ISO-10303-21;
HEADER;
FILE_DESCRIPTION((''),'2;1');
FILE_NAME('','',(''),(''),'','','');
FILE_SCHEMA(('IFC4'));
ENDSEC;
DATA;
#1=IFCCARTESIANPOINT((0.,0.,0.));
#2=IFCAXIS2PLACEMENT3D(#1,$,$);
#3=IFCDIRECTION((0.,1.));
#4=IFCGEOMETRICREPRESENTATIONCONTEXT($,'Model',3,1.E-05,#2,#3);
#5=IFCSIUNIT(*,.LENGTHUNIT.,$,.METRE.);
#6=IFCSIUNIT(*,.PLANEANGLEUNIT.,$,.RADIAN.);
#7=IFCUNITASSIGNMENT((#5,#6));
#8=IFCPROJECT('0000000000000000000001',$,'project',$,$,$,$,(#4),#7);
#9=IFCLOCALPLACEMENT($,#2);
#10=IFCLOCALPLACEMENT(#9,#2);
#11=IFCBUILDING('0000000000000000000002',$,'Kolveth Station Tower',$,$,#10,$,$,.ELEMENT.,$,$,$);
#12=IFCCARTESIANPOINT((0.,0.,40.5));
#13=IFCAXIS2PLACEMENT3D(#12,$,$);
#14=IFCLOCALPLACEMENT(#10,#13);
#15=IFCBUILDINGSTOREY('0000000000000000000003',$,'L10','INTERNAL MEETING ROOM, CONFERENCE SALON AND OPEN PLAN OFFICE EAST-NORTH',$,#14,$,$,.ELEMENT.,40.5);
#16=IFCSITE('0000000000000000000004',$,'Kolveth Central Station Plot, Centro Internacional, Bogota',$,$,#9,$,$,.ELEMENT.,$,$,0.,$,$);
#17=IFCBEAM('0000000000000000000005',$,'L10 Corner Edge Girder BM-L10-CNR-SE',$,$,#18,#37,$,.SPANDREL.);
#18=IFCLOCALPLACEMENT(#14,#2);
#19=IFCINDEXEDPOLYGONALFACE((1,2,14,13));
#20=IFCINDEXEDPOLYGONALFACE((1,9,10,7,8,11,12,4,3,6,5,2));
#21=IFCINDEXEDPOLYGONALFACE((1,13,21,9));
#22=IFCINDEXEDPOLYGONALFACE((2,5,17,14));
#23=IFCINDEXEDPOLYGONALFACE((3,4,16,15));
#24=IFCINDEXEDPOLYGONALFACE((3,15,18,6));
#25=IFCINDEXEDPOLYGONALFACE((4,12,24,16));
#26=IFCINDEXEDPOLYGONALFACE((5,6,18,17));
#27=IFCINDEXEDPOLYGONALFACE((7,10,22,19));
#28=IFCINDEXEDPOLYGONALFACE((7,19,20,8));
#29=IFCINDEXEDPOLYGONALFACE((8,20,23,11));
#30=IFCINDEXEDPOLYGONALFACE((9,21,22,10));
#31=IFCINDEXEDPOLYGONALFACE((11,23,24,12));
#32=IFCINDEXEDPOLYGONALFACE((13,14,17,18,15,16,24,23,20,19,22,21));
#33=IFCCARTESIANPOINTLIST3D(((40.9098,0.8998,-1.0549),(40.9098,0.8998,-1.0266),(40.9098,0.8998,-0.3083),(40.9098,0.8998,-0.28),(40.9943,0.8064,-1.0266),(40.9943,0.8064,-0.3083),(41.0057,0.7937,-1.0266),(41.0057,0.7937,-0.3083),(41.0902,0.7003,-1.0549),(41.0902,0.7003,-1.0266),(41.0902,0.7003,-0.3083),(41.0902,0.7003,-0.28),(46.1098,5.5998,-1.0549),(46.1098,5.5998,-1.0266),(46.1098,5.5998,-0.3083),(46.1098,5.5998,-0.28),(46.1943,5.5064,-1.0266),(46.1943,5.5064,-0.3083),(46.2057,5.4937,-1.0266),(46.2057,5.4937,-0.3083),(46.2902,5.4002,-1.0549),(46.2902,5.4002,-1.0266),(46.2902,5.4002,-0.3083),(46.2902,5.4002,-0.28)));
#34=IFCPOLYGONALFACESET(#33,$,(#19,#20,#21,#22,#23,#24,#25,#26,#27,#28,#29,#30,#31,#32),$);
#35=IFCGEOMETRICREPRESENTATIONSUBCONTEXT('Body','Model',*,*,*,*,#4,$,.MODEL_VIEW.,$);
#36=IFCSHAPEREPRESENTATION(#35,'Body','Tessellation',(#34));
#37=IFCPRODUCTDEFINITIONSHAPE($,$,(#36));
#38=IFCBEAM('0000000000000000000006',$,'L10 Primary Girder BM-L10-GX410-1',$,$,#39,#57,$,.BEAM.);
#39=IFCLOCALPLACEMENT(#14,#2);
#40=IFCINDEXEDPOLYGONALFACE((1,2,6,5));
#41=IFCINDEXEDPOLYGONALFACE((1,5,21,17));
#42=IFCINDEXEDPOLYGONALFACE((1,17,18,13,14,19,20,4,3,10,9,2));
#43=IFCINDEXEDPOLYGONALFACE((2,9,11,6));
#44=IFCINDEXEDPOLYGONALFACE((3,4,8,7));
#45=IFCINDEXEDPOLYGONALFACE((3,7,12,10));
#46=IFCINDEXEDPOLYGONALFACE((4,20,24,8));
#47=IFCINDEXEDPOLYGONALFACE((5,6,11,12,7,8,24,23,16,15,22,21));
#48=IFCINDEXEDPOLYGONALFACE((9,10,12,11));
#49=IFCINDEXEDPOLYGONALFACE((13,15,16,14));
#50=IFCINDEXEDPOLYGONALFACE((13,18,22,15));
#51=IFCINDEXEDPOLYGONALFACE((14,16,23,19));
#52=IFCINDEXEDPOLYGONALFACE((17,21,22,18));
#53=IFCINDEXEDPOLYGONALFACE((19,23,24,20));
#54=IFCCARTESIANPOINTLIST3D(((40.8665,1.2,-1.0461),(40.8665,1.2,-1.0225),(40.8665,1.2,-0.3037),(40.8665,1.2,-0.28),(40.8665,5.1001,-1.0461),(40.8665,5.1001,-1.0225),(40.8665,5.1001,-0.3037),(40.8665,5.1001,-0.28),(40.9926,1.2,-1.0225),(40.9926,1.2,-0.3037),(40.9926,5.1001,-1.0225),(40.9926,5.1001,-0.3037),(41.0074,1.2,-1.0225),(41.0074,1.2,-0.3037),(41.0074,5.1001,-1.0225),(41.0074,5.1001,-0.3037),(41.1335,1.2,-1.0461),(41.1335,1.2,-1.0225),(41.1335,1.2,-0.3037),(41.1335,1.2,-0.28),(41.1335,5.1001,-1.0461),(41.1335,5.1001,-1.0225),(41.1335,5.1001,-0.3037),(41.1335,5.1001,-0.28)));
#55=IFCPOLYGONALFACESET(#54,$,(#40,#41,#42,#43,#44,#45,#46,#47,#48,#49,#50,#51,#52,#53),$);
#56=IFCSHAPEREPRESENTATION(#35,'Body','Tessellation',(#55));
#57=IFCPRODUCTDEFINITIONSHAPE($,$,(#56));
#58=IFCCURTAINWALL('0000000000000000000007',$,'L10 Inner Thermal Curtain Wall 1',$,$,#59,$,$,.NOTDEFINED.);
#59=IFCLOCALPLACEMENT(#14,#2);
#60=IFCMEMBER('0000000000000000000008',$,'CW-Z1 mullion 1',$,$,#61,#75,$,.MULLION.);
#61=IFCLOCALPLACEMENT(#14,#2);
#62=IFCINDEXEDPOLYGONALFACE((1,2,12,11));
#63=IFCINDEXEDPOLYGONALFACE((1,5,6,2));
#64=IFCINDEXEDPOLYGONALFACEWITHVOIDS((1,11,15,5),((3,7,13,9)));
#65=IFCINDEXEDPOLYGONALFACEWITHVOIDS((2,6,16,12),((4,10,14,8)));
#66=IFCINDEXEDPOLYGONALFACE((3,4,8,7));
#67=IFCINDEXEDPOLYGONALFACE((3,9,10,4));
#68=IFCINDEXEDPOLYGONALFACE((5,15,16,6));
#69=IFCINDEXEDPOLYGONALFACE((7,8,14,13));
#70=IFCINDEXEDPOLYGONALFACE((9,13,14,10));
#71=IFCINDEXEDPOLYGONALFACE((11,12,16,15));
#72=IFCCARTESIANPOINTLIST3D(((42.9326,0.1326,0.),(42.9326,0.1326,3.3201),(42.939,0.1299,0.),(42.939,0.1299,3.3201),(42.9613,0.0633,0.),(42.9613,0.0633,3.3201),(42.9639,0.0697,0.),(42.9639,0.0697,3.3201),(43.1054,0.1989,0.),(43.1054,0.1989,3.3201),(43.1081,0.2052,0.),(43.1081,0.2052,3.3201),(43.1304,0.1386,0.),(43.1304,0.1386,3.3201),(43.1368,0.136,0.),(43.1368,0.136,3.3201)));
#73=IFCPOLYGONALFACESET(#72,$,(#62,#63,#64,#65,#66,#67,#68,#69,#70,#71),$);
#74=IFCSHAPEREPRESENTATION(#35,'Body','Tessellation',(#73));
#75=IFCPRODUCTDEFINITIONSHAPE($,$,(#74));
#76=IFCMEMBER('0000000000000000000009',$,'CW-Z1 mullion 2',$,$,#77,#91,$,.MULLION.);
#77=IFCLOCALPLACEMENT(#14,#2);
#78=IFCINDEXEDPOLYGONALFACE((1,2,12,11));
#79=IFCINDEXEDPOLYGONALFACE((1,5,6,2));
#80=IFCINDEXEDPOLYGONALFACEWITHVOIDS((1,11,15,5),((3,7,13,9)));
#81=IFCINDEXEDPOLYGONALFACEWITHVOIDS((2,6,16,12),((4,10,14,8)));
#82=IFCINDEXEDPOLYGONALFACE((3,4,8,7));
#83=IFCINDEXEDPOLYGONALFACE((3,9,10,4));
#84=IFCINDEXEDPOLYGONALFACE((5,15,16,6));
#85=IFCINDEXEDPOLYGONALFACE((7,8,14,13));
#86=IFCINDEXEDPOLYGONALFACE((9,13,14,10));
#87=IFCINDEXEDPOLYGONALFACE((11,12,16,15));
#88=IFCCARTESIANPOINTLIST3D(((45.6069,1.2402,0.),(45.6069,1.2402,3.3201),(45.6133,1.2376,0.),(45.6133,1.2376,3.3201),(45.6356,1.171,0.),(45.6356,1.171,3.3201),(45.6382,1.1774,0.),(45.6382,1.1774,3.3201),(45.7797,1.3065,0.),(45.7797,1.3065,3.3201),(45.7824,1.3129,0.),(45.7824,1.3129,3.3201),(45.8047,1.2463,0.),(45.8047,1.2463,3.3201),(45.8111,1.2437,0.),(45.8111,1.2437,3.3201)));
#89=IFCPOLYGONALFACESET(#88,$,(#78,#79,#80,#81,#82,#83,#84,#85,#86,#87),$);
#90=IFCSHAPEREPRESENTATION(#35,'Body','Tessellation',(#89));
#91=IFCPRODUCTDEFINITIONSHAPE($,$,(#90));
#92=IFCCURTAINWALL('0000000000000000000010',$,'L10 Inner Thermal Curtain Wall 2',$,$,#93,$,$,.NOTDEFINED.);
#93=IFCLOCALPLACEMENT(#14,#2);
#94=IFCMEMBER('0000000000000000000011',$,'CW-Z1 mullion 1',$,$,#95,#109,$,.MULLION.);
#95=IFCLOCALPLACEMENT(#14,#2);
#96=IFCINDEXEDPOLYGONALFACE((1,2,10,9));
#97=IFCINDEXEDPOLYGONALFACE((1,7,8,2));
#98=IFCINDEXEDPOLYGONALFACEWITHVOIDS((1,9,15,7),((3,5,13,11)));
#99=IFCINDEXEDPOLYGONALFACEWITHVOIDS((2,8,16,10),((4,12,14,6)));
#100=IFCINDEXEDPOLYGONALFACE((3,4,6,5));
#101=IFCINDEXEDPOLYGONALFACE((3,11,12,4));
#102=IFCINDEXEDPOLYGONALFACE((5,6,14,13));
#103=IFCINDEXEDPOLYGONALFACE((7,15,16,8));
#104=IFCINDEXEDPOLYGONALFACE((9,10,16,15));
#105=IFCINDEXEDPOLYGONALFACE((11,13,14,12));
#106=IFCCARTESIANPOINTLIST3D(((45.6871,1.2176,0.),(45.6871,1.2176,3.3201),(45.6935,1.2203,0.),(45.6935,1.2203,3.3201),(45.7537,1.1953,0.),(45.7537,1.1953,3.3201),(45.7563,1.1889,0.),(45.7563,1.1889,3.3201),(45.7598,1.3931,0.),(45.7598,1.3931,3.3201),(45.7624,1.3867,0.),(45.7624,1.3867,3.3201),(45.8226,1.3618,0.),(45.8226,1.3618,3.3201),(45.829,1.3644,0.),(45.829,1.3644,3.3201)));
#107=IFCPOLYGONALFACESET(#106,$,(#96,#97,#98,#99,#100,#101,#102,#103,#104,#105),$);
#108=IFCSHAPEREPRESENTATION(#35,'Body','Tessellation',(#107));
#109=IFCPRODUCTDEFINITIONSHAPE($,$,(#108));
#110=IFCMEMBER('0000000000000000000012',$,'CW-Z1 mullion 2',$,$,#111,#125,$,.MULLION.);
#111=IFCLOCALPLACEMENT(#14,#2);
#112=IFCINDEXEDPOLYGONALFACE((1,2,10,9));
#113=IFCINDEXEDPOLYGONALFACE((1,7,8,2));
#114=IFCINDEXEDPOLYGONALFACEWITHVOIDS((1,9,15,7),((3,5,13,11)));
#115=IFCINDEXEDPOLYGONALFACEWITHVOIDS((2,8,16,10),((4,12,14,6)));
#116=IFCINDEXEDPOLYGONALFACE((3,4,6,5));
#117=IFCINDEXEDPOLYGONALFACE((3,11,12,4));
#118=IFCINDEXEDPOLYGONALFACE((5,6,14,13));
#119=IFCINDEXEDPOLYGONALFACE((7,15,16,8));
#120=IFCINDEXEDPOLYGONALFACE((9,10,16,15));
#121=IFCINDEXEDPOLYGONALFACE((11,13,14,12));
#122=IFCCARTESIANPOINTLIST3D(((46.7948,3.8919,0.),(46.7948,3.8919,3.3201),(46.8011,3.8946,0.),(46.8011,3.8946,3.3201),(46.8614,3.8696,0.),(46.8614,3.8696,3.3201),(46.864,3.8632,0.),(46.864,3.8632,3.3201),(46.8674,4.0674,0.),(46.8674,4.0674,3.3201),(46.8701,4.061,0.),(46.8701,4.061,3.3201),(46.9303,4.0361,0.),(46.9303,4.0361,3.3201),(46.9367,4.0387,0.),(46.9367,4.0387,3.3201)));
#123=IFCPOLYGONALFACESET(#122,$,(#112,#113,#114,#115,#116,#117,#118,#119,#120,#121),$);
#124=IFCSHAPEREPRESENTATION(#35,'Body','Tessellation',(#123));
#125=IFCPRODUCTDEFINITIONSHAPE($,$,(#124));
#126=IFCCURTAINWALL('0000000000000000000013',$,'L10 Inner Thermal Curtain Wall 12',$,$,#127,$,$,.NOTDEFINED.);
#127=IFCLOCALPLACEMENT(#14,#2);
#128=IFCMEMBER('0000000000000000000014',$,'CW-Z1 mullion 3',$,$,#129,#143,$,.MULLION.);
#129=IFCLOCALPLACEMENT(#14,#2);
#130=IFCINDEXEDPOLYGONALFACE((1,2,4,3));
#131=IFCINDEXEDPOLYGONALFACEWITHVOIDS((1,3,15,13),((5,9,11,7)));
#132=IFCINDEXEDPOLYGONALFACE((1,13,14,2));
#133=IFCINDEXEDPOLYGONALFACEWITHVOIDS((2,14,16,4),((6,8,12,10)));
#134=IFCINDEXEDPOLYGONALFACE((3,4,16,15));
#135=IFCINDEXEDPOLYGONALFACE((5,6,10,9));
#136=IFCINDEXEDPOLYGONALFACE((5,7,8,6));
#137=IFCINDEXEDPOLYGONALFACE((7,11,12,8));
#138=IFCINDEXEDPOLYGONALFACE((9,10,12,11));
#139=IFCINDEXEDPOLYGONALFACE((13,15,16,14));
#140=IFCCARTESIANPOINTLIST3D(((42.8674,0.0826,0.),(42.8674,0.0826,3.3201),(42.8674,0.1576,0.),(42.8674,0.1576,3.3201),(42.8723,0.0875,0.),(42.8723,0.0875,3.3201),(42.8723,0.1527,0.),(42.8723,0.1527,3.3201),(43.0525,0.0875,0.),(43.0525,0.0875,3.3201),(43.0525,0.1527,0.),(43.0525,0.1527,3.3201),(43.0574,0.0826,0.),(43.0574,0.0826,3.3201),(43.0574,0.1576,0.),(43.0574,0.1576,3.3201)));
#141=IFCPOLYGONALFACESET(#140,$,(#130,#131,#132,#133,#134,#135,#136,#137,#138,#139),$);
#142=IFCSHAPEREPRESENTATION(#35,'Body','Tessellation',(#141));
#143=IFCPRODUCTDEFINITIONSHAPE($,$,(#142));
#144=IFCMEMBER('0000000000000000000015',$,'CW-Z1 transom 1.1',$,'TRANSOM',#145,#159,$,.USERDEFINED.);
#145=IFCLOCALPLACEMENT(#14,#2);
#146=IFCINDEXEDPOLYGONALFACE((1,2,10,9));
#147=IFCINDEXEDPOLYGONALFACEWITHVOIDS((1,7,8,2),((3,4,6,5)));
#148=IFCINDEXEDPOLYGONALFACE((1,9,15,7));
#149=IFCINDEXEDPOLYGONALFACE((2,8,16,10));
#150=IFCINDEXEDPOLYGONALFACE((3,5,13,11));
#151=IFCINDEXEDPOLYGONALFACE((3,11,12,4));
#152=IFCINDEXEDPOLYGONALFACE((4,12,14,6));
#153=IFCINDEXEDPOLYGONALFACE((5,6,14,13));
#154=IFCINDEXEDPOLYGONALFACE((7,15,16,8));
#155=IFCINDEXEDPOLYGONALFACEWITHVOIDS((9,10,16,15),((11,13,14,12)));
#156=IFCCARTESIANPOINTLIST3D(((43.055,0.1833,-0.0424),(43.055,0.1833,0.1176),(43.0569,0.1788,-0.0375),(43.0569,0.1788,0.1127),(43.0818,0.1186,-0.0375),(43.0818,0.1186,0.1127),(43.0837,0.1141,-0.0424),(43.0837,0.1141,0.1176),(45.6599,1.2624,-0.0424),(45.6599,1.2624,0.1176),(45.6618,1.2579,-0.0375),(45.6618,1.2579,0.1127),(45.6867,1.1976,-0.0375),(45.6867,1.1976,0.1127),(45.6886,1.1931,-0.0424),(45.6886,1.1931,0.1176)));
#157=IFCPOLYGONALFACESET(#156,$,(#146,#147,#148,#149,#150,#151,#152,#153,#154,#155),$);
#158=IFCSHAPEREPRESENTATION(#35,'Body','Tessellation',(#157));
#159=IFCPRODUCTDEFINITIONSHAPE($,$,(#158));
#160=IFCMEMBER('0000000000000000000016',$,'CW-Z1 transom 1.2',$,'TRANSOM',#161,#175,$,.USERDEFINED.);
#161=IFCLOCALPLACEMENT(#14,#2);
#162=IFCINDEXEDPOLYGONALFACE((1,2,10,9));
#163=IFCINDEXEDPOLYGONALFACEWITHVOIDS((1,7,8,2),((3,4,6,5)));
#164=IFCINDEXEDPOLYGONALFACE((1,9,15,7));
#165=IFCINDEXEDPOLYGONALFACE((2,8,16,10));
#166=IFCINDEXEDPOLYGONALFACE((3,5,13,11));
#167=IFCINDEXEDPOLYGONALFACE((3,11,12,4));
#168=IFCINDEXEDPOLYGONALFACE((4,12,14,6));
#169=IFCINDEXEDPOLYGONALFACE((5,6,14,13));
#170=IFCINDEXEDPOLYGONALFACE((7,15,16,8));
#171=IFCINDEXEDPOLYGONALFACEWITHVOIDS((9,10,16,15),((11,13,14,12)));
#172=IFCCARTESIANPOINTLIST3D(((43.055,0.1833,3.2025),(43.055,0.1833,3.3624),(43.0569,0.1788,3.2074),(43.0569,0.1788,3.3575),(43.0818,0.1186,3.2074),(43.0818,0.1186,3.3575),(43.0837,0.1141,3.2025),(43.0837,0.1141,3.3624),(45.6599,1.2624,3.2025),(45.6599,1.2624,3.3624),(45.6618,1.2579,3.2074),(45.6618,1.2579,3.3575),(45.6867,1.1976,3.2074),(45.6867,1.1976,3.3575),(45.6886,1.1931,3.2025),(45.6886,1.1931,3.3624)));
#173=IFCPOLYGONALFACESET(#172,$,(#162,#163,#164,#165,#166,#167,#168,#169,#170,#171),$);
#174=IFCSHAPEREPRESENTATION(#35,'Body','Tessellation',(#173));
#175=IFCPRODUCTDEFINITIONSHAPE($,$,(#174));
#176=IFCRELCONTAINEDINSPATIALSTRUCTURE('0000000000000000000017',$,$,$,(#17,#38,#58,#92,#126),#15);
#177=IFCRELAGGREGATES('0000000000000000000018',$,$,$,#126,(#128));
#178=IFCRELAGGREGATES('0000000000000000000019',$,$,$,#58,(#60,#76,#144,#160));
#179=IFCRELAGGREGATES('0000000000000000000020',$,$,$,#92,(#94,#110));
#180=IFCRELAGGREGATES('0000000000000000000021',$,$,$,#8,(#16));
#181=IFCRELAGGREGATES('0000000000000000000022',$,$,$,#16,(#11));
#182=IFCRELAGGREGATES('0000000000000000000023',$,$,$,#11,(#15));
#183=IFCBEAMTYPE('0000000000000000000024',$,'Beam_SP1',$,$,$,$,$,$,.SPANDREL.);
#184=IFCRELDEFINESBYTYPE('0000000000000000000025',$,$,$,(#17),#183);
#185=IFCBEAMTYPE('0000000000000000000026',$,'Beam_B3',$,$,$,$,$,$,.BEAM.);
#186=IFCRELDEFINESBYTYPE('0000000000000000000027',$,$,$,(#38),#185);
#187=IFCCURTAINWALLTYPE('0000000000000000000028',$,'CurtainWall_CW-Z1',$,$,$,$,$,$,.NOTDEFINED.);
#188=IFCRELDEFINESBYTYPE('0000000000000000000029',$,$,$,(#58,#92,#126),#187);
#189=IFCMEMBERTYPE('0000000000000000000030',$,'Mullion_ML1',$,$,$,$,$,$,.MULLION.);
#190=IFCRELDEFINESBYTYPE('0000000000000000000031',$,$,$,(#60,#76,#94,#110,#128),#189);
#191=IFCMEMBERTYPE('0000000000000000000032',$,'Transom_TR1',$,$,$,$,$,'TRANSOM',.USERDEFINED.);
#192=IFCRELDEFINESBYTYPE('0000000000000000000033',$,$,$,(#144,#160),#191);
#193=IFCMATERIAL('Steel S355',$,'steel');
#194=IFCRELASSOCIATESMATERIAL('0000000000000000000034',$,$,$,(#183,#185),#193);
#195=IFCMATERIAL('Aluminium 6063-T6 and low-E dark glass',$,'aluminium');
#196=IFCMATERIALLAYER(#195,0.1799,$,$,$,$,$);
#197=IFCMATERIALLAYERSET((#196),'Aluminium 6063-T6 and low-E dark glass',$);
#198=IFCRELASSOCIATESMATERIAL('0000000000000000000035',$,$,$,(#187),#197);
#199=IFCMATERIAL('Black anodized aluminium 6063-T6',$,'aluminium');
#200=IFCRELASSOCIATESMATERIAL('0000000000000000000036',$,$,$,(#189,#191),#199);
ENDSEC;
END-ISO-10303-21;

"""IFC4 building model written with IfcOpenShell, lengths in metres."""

from ifc_helpers import new_model, si_unit, direction, frame, origin, origin_2d, place, context, subcontext, project, spatial, hollow_rectangle, i_section, extrude, source, transform, mapped, material, layer, layer_set, material_profile, profile_set, type_object, element, aggregate, save


model = new_model("IFC4")

# Units and contexts
model_context = context("Model", 3, precision=1e-05, world=origin(), true_north=direction((0.0, 1.0)))
body_context = subcontext(model_context, "Body", "Model", "MODEL_VIEW")
ifc_project = project(units=[si_unit("LENGTHUNIT", "METRE"), si_unit("PLANEANGLEUNIT", "RADIAN")], contexts=[model_context])

# Site, building, storey
site_placement = place(None, origin())
site = spatial("IfcSite", under=ifc_project, at=site_placement, Name="Kolveth Central Station Plot, Centro Internacional, Bogota", CompositionType="ELEMENT", RefElevation=0.0)
building_placement = place(site_placement, origin())
building = spatial("IfcBuilding", under=site, at=building_placement, Name="Kolveth Station Tower", CompositionType="ELEMENT")
storey_placement = place(building_placement, frame((0.0, 0.0, 40.5)))
storey = spatial("IfcBuildingStorey", under=building, at=storey_placement, Name="L10", Description="INTERNAL MEETING ROOM, CONFERENCE SALON AND OPEN PLAN OFFICE EAST-NORTH", CompositionType="ELEMENT", Elevation=40.5)

# Beams
ifc_material_1 = material(Name="Steel S355", Category="steel")
ifc_material_profile_1 = material_profile(ifc_material_1, i_section(OverallWidth=0.269, OverallDepth=0.7749, WebThickness=0.0171, FlangeThickness=0.0283, at=origin_2d()), Name="W760x220")
ifc_profile_set_1 = profile_set([ifc_material_profile_1], Name="Steel S355")
beam_type_1 = type_object("IfcBeamType", Name="Beam_SP1", PredefinedType="SPANDREL", material=ifc_profile_set_1)
shared_shape_1 = source(origin(), body_context, "Body", "SweptSolid", [
    extrude(i_section(OverallWidth=0.269, OverallDepth=0.7749, WebThickness=0.0171, FlangeThickness=0.0283, at=origin_2d()), origin(), (0.0, 0.0, 1.0), 7.0093),
])
beam_1_placement = place(storey_placement, frame((41.0, 0.8, -0.6675), z_axis=(0.741874, 0.670539, 0.0), x_axis=(-0.670539, 0.741874, 0.0)))
element("IfcBeam", 1, at=beam_1_placement, inside=storey, type_object=beam_type_1, Name="L10 Corner Edge Girder BM-L10-CNR-SE", PredefinedType="SPANDREL", context=body_context, shape_type="MappedRepresentation", body=[
    mapped(shared_shape_1, transform((0.0, 0.0, 0.0), x_axis=(1.0, 0.0, 0.0), y_axis=(0.0, 1.0, 0.0), z_axis=(0.0, 0.0, 1.0), scale=1.0)),
])
ifc_material_profile_2 = material_profile(ifc_material_1, i_section(OverallWidth=0.2671, OverallDepth=0.7661, WebThickness=0.0149, FlangeThickness=0.0237, at=origin_2d()), Name="W760x185")
ifc_profile_set_2 = profile_set([ifc_material_profile_2], Name="Steel S355")
beam_type_2 = type_object("IfcBeamType", Name="Beam_B3", PredefinedType="BEAM", material=ifc_profile_set_2)
shared_shape_2 = source(origin(), body_context, "Body", "SweptSolid", [
    extrude(i_section(OverallWidth=0.2671, OverallDepth=0.7661, WebThickness=0.0149, FlangeThickness=0.0237, at=origin_2d()), origin(), (0.0, 0.0, 1.0), 3.9001),
])
beam_2_placement = place(storey_placement, frame((41.0, 1.2, -0.6631), z_axis=(0.0, 1.0, 0.0), x_axis=(-1.0, 0.0, 0.0)))
element("IfcBeam", 2, at=beam_2_placement, inside=storey, type_object=beam_type_2, Name="L10 Primary Girder BM-L10-GX410-1", PredefinedType="BEAM", context=body_context, shape_type="MappedRepresentation", body=[
    mapped(shared_shape_2, transform((0.0, 0.0, 0.0), x_axis=(1.0, 0.0, 0.0), y_axis=(0.0, 1.0, 0.0), z_axis=(0.0, 0.0, 1.0), scale=1.0)),
])

# Curtain walls, members
ifc_material_2 = material(Name="Aluminium 6063-T6 and low-E dark glass", Category="aluminium")
ifc_layer_1 = layer(ifc_material_2, 0.1799)
ifc_layer_set_1 = layer_set([ifc_layer_1], Name="Aluminium 6063-T6 and low-E dark glass")
curtain_wall_type_1 = type_object("IfcCurtainWallType", Name="CurtainWall_CW-Z1", PredefinedType="NOTDEFINED", material=ifc_layer_set_1)
curtain_wall_1_placement = place(storey_placement, origin())
curtain_wall_1 = element("IfcCurtainWall", 3, at=curtain_wall_1_placement, inside=storey, type_object=curtain_wall_type_1, Name="L10 Inner Thermal Curtain Wall 1", PredefinedType="NOTDEFINED")
ifc_material_3 = material(Name="Black anodized aluminium 6063-T6", Category="aluminium")
ifc_material_profile_3 = material_profile(ifc_material_3, hollow_rectangle(XDim=0.075, YDim=0.1899, WallThickness=0.0049, at=origin_2d()), Name="ALU-75x190x5")
ifc_profile_set_3 = profile_set([ifc_material_profile_3], Name="Black anodized aluminium 6063-T6")
member_type_1 = type_object("IfcMemberType", Name="Mullion_ML1", PredefinedType="MULLION", material=ifc_profile_set_3)
shared_shape_3 = source(origin(), body_context, "Body", "SweptSolid", [
    extrude(hollow_rectangle(XDim=0.075, YDim=0.1899, WallThickness=0.0049, at=origin_2d()), origin(), (0.0, 0.0, 1.0), 3.3201),
])
member_1_placement = place(storey_placement, frame((43.0347, 0.1343, 0.0), z_axis=(0.0, 0.0, 1.0), x_axis=(-0.382673, 0.923884, 0.0)))
member_1 = element("IfcMember", 4, at=member_1_placement, type_object=member_type_1, Name="CW-Z1 mullion 1", PredefinedType="MULLION", context=body_context, shape_type="MappedRepresentation", body=[
    mapped(shared_shape_3, transform((0.0, 0.0, 0.0), x_axis=(1.0, 0.0, 0.0), y_axis=(0.0, 1.0, 0.0), z_axis=(0.0, 0.0, 1.0), scale=1.0)),
])
member_2_placement = place(storey_placement, frame((45.709, 1.2419, 0.0), z_axis=(0.0, 0.0, 1.0), x_axis=(-0.382673, 0.923884, 0.0)))
member_2 = element("IfcMember", 5, at=member_2_placement, type_object=member_type_1, Name="CW-Z1 mullion 2", PredefinedType="MULLION", context=body_context, shape_type="MappedRepresentation", body=[
    mapped(shared_shape_3, transform((0.0, 0.0, 0.0), x_axis=(1.0, 0.0, 0.0), y_axis=(0.0, 1.0, 0.0), z_axis=(0.0, 0.0, 1.0), scale=1.0)),
])
curtain_wall_2_placement = place(storey_placement, origin())
curtain_wall_2 = element("IfcCurtainWall", 6, at=curtain_wall_2_placement, inside=storey, type_object=curtain_wall_type_1, Name="L10 Inner Thermal Curtain Wall 2", PredefinedType="NOTDEFINED")
member_3_placement = place(storey_placement, frame((45.7581, 1.291, 0.0), z_axis=(0.0, 0.0, 1.0), x_axis=(-0.923884, 0.382673, 0.0)))
member_3 = element("IfcMember", 7, at=member_3_placement, type_object=member_type_1, Name="CW-Z1 mullion 1", PredefinedType="MULLION", context=body_context, shape_type="MappedRepresentation", body=[
    mapped(shared_shape_3, transform((0.0, 0.0, 0.0), x_axis=(1.0, 0.0, 0.0), y_axis=(0.0, 1.0, 0.0), z_axis=(0.0, 0.0, 1.0), scale=1.0)),
])
member_4_placement = place(storey_placement, frame((46.8657, 3.9653, 0.0), z_axis=(0.0, 0.0, 1.0), x_axis=(-0.923884, 0.382673, 0.0)))
member_4 = element("IfcMember", 8, at=member_4_placement, type_object=member_type_1, Name="CW-Z1 mullion 2", PredefinedType="MULLION", context=body_context, shape_type="MappedRepresentation", body=[
    mapped(shared_shape_3, transform((0.0, 0.0, 0.0), x_axis=(1.0, 0.0, 0.0), y_axis=(0.0, 1.0, 0.0), z_axis=(0.0, 0.0, 1.0), scale=1.0)),
])

# Curtain wall, member
curtain_wall_3_placement = place(storey_placement, origin())
curtain_wall_3 = element("IfcCurtainWall", 9, at=curtain_wall_3_placement, inside=storey, type_object=curtain_wall_type_1, Name="L10 Inner Thermal Curtain Wall 12", PredefinedType="NOTDEFINED")
member_5_placement = place(storey_placement, frame((42.9624, 0.1201, 0.0), z_axis=(0.0, 0.0, 1.0), x_axis=(0.0, 1.0, 0.0)))
member_5 = element("IfcMember", 10, at=member_5_placement, type_object=member_type_1, Name="CW-Z1 mullion 3", PredefinedType="MULLION", context=body_context, shape_type="MappedRepresentation", body=[
    mapped(shared_shape_3, transform((0.0, 0.0, 0.0), x_axis=(1.0, 0.0, 0.0), y_axis=(0.0, 1.0, 0.0), z_axis=(0.0, 0.0, 1.0), scale=1.0)),
])
aggregate(curtain_wall_3, [member_5])

# Members
ifc_material_profile_4 = material_profile(ifc_material_3, hollow_rectangle(XDim=0.075, YDim=0.1599, WallThickness=0.0049, at=origin_2d()), Name="ALU-75x160x5")
ifc_profile_set_4 = profile_set([ifc_material_profile_4], Name="Black anodized aluminium 6063-T6")
member_type_2 = type_object("IfcMemberType", Name="Transom_TR1", ElementType="TRANSOM", PredefinedType="USERDEFINED", material=ifc_profile_set_4)
shared_shape_4 = source(origin(), body_context, "Body", "SweptSolid", [
    extrude(hollow_rectangle(XDim=0.075, YDim=0.1599, WallThickness=0.0049, at=origin_2d()), origin(), (0.0, 0.0, 1.0), 2.8196),
])
member_6_placement = place(storey_placement, frame((43.0693, 0.1487, 0.0376), z_axis=(0.923869, 0.382709, 0.0), x_axis=(-0.382709, 0.923869, 0.0)))
member_6 = element("IfcMember", 11, at=member_6_placement, type_object=member_type_2, Name="CW-Z1 transom 1.1", ObjectType="TRANSOM", PredefinedType="USERDEFINED", context=body_context, shape_type="MappedRepresentation", body=[
    mapped(shared_shape_4, transform((0.0, 0.0, 0.0), x_axis=(1.0, 0.0, 0.0), y_axis=(0.0, 1.0, 0.0), z_axis=(0.0, 0.0, 1.0), scale=1.0)),
])
member_7_placement = place(storey_placement, frame((43.0693, 0.1487, 3.2825), z_axis=(0.923869, 0.382709, 0.0), x_axis=(-0.382709, 0.923869, 0.0)))
member_7 = element("IfcMember", 12, at=member_7_placement, type_object=member_type_2, Name="CW-Z1 transom 1.2", ObjectType="TRANSOM", PredefinedType="USERDEFINED", context=body_context, shape_type="MappedRepresentation", body=[
    mapped(shared_shape_4, transform((0.0, 0.0, 0.0), x_axis=(1.0, 0.0, 0.0), y_axis=(0.0, 1.0, 0.0), z_axis=(0.0, 0.0, 1.0), scale=1.0)),
])

aggregate(curtain_wall_1, [member_1, member_2, member_6, member_7])
aggregate(curtain_wall_2, [member_3, member_4])

save(model, "model.ifc")
